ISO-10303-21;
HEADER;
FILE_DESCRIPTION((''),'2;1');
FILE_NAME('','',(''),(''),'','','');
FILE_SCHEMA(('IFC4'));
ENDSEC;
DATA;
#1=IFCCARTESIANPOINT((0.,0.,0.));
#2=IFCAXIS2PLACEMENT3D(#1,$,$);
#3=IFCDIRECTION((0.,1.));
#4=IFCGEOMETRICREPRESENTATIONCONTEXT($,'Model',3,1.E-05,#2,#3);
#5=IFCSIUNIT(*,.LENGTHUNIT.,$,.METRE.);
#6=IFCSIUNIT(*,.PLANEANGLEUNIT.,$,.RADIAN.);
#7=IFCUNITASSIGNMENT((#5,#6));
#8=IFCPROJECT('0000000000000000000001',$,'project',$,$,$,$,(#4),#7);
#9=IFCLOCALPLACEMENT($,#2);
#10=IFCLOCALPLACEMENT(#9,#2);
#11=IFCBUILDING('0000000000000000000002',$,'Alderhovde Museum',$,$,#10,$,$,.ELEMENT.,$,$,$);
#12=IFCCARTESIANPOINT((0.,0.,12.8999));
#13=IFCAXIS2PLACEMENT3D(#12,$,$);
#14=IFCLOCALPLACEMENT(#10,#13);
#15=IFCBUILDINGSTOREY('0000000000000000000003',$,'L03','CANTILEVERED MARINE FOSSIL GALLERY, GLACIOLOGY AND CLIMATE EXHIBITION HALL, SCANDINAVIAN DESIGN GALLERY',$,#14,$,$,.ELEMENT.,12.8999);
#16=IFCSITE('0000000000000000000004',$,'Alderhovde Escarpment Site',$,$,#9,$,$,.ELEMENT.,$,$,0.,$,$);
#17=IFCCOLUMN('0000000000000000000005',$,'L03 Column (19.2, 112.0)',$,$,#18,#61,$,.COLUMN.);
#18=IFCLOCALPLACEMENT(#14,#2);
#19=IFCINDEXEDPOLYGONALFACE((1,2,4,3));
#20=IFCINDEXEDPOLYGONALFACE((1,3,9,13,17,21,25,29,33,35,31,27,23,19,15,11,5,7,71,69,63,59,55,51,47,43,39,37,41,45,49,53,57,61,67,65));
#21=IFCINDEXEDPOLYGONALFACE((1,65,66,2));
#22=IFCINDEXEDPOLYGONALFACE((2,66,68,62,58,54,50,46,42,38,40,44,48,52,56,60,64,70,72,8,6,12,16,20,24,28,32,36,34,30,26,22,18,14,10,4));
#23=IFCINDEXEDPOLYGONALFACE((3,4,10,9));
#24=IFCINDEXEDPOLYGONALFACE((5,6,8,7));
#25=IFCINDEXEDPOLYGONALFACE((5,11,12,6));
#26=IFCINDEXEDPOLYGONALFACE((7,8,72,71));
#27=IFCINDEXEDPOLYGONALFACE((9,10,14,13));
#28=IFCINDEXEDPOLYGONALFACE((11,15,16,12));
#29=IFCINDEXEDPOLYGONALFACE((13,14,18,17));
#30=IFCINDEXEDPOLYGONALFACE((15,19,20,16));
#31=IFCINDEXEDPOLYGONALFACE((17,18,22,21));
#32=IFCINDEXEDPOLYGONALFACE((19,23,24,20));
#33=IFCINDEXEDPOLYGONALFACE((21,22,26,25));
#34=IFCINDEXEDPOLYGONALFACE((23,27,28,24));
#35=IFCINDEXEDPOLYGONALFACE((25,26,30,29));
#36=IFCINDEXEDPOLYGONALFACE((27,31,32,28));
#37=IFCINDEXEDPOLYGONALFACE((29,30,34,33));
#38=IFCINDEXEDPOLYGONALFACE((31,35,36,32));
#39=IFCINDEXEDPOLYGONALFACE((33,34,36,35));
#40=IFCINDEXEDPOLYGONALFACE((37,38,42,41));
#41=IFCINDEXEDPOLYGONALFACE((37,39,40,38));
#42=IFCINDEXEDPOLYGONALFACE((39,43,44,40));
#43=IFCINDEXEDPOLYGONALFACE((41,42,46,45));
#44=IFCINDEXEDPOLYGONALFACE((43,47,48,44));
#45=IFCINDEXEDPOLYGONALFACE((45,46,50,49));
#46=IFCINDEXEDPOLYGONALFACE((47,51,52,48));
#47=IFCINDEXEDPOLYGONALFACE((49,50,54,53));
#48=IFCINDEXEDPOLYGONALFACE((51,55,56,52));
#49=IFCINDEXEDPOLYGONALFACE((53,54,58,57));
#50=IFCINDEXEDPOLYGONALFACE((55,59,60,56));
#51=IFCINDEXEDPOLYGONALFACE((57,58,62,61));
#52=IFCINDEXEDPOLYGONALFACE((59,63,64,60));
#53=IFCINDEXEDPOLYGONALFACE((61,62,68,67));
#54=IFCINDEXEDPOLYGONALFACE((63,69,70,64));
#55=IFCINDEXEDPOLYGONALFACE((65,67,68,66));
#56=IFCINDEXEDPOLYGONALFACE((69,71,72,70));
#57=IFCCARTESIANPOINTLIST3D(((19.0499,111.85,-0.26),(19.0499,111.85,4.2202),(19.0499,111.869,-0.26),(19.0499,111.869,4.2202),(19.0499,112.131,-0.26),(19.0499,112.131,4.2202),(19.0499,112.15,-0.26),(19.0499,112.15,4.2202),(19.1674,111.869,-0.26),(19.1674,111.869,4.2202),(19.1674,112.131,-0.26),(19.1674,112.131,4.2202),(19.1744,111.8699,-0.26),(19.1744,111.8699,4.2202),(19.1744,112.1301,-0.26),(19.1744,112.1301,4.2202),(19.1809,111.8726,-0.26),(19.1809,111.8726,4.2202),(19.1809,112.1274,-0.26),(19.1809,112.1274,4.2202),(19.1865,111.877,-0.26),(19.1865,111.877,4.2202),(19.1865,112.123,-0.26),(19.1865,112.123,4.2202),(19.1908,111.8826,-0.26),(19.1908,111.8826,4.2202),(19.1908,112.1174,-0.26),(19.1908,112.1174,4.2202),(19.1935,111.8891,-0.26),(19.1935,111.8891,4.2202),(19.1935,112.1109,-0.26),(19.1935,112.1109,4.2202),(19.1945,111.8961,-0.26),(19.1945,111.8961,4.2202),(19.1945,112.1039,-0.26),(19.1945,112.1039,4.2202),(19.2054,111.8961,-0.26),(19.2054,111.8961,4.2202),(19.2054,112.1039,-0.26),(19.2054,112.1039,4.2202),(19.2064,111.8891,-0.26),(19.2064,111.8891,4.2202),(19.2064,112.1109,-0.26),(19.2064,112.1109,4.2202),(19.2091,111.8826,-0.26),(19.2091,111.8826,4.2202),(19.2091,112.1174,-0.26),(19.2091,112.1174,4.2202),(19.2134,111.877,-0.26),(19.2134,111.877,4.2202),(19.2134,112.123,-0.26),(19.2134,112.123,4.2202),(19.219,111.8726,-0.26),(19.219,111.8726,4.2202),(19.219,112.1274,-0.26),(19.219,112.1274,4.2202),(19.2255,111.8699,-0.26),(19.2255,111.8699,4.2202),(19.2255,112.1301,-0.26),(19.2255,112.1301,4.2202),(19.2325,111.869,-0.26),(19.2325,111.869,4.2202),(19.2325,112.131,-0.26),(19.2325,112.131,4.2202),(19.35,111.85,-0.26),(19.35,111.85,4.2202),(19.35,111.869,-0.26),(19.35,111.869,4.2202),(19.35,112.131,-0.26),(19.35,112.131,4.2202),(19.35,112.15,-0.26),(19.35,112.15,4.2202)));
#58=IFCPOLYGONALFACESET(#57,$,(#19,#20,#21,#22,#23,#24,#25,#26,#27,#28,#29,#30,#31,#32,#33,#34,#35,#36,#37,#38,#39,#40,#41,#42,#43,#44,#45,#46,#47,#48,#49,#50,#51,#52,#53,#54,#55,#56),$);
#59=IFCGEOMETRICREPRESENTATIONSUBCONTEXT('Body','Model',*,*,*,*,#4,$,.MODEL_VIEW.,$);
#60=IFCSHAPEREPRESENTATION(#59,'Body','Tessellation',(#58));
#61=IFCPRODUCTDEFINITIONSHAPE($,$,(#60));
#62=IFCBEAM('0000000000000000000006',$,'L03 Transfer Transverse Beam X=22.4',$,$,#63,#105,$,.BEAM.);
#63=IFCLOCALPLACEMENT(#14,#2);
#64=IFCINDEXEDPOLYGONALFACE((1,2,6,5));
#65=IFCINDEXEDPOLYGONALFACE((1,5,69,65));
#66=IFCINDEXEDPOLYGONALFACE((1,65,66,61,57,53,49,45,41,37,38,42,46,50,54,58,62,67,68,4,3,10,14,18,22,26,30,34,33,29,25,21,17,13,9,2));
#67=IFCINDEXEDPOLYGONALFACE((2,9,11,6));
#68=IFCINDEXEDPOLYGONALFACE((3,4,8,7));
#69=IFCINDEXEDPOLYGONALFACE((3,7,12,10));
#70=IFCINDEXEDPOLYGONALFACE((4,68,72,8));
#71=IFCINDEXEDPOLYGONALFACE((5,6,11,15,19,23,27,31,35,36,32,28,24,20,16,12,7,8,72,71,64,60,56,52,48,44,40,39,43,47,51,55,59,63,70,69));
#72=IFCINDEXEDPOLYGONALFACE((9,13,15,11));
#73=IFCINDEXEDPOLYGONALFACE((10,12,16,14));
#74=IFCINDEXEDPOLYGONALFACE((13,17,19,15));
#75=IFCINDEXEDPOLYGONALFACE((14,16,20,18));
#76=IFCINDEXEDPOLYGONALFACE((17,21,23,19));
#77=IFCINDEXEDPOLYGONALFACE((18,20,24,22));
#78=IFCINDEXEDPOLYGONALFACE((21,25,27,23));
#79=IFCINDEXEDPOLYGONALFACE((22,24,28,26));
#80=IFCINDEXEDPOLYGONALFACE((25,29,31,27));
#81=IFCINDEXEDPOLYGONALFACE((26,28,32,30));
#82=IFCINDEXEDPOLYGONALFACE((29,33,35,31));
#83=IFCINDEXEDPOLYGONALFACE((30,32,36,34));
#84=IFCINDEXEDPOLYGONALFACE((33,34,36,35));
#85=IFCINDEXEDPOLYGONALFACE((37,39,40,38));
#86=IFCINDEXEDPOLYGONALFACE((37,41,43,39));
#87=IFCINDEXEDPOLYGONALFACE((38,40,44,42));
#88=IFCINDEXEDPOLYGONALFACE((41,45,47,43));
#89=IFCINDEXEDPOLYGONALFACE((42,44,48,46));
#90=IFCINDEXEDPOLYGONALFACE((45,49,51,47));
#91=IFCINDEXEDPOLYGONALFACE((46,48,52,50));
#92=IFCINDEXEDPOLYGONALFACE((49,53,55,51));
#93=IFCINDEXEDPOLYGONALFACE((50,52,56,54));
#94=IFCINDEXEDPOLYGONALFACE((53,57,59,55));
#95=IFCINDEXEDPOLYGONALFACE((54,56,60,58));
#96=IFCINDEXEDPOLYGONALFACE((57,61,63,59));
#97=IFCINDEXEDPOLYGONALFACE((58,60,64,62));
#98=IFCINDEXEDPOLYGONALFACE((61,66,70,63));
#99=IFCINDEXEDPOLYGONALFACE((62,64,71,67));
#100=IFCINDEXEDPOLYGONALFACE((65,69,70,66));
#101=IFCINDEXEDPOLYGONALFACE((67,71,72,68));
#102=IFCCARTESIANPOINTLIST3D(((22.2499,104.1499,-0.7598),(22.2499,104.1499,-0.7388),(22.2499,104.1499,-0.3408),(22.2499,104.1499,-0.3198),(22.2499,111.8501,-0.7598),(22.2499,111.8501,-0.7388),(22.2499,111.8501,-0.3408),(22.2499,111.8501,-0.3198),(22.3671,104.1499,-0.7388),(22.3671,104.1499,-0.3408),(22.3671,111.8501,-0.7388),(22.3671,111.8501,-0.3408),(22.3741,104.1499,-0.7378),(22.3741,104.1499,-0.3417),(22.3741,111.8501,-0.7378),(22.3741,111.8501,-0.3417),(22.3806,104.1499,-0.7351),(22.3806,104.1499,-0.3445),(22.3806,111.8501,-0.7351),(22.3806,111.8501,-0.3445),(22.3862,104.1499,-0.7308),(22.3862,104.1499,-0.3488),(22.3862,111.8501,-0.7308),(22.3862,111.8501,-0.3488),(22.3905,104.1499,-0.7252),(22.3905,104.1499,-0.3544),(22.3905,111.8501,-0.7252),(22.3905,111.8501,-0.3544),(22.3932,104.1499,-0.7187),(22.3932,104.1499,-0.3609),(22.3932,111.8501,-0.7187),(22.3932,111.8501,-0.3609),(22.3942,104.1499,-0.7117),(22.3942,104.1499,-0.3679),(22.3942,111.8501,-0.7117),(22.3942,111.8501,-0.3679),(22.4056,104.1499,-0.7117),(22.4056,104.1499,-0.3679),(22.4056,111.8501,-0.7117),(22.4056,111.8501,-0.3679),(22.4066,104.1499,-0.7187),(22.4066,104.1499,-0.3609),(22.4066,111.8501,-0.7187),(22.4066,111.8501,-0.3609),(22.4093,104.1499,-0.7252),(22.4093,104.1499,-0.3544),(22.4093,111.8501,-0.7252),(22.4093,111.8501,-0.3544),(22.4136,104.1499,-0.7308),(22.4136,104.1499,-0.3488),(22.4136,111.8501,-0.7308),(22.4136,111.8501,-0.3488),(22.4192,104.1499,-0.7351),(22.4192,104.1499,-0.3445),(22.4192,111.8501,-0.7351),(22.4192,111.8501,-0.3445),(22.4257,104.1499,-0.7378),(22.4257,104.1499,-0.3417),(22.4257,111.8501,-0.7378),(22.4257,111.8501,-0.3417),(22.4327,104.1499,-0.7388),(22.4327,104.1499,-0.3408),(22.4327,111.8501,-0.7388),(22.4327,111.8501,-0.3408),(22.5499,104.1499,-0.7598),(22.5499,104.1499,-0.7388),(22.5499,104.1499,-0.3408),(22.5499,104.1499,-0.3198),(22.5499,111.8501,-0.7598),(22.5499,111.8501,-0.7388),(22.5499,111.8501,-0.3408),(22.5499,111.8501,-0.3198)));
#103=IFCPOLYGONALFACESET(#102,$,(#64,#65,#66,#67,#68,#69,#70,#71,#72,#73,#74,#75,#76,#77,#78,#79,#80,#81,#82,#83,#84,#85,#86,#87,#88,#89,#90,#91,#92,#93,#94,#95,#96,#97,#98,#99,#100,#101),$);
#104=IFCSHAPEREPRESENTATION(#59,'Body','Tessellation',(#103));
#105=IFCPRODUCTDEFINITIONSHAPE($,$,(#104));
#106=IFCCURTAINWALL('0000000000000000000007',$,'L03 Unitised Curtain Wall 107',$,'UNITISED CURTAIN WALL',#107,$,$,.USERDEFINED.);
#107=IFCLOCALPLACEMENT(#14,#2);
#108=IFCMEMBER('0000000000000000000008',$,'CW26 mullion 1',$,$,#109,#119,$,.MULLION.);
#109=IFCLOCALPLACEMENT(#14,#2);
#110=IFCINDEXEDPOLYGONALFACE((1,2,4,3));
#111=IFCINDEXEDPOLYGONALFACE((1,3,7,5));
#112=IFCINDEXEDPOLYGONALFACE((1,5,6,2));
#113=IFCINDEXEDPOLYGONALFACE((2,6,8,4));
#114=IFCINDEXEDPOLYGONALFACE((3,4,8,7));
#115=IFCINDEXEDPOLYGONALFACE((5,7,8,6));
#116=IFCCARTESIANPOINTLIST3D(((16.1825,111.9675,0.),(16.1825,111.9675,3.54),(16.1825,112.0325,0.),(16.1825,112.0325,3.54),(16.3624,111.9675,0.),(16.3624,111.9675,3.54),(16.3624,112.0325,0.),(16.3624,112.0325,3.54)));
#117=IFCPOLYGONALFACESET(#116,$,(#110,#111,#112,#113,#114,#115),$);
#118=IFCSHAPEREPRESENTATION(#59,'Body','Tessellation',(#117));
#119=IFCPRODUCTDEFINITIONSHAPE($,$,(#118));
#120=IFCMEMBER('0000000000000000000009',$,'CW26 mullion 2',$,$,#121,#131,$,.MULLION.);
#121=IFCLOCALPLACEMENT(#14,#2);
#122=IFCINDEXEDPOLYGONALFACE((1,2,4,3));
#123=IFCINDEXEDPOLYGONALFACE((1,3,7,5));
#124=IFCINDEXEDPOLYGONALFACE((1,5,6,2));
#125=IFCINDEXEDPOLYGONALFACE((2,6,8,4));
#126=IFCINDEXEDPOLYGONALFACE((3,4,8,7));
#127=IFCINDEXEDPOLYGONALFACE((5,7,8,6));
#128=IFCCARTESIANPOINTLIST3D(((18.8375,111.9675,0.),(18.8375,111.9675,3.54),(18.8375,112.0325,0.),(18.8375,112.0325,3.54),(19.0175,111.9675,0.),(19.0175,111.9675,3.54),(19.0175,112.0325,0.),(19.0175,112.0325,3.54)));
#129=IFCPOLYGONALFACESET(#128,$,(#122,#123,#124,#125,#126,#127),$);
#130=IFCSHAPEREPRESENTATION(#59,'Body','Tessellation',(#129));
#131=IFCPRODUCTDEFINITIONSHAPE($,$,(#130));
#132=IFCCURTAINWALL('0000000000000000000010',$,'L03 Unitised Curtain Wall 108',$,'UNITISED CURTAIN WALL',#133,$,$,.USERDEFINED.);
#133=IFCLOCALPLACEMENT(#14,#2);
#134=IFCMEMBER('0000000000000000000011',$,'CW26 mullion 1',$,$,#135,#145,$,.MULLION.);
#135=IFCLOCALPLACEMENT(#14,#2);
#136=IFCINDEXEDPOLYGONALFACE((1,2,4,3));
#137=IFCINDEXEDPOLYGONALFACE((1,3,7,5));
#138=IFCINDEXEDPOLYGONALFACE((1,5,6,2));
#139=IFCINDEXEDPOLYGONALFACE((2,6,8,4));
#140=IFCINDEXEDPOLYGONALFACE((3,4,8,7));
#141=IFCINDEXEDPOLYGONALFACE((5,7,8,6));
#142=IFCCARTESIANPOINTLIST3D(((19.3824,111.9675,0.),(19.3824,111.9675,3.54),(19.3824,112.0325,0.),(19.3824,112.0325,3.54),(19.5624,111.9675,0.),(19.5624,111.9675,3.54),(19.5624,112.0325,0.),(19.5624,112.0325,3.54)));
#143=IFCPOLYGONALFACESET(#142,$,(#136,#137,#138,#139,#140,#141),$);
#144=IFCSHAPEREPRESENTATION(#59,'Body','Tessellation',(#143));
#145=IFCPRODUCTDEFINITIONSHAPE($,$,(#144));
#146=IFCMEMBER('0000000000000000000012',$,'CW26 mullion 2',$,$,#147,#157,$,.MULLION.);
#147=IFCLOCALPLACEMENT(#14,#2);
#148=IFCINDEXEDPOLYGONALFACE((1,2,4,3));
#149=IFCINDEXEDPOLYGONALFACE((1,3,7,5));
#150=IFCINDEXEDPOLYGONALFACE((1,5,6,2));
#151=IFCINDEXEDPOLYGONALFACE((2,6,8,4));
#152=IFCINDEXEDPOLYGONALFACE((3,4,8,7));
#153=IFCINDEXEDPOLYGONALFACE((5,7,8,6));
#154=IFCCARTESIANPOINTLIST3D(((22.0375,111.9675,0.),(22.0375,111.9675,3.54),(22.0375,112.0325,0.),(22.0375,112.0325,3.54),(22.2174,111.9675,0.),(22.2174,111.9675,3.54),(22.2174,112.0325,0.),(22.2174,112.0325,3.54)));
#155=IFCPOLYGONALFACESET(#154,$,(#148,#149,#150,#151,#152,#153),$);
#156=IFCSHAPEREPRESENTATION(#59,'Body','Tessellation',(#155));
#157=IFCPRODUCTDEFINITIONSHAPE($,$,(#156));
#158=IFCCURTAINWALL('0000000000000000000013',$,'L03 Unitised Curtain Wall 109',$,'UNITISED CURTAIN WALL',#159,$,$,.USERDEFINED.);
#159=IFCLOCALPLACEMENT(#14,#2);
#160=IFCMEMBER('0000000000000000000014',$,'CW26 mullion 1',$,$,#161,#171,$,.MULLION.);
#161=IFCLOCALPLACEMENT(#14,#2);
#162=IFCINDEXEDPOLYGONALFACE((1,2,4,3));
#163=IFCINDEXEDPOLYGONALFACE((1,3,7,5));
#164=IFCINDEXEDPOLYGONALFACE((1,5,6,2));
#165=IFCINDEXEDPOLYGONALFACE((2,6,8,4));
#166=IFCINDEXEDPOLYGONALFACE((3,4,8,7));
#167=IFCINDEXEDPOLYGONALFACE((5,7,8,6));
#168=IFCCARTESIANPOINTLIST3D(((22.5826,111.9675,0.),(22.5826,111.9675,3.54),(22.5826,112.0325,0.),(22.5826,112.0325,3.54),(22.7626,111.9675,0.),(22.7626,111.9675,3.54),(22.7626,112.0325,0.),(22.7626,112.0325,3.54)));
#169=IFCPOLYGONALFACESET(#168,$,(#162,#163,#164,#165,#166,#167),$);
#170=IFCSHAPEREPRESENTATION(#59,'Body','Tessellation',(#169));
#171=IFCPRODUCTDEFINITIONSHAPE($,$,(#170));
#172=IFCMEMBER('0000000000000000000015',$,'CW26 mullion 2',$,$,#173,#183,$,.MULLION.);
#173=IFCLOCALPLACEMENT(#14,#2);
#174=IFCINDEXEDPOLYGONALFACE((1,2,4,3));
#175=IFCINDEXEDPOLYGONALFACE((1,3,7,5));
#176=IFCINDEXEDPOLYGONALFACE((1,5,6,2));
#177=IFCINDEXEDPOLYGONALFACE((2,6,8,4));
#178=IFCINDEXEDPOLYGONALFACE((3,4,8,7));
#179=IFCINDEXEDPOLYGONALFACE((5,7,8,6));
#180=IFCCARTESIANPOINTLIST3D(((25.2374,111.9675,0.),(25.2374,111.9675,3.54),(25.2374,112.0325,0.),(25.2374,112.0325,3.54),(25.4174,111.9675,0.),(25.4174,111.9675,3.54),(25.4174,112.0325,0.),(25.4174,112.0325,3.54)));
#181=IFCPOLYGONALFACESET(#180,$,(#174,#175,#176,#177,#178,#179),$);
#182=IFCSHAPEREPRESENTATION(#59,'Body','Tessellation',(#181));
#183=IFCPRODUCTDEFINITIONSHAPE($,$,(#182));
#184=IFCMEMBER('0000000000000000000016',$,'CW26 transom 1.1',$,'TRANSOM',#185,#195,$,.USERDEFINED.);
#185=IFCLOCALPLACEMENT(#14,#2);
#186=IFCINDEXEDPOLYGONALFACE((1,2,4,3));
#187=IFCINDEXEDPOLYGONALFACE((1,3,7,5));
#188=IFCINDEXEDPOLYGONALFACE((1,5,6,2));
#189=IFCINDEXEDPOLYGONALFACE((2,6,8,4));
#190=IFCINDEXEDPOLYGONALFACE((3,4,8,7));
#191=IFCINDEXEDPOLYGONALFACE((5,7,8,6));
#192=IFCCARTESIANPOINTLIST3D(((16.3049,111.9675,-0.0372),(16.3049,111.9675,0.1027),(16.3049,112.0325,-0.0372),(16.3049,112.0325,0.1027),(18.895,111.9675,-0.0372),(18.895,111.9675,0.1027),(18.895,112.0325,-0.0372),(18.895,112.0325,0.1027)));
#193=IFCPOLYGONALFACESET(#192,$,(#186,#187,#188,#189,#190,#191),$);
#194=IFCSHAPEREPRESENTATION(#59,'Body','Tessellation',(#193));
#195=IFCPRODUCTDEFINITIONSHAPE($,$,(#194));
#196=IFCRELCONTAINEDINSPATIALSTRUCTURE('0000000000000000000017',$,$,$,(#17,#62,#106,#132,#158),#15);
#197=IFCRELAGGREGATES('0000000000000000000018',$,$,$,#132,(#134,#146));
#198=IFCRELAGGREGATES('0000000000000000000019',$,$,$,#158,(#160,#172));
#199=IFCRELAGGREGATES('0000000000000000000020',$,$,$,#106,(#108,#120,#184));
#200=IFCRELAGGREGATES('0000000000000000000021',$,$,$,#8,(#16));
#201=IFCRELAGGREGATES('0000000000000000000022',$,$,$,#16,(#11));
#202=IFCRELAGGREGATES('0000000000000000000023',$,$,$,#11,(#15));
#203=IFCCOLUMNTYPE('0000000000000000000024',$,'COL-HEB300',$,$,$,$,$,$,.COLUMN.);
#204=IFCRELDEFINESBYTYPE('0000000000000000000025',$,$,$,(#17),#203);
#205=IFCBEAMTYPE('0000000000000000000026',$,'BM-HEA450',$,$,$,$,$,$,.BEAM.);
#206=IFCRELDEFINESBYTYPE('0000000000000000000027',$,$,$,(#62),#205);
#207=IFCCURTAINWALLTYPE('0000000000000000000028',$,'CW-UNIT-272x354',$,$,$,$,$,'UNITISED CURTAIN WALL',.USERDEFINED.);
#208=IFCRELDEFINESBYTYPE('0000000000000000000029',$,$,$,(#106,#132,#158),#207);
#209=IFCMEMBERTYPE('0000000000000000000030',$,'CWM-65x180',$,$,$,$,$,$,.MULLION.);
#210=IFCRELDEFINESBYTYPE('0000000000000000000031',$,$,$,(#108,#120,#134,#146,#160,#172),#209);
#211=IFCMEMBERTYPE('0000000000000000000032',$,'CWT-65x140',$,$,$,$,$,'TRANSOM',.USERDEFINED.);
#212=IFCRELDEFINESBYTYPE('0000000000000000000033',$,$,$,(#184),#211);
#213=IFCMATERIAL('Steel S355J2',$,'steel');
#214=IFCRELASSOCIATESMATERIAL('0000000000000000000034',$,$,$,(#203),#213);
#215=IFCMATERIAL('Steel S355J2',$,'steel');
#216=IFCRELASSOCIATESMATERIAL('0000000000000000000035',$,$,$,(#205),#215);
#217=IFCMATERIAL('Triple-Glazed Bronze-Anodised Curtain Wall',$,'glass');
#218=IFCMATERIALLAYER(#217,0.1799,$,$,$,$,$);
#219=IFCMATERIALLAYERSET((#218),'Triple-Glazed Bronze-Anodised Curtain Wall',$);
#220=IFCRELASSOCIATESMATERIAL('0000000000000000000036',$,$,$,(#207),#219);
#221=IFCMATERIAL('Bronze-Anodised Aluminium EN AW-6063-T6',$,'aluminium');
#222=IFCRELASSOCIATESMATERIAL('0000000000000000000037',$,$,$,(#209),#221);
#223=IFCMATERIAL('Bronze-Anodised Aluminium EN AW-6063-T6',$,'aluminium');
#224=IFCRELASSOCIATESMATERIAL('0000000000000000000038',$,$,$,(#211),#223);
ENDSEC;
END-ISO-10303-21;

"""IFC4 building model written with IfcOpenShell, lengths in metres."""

from ifc_helpers import new_model, si_unit, direction, frame, origin, origin_2d, place, context, subcontext, project, spatial, rectangle, i_section, extrude, material, layer, layer_set, material_profile, profile_set, type_object, element, aggregate, save


model = new_model("IFC4")

# Units and contexts
model_context = context("Model", 3, precision=1e-05, world=origin(), true_north=direction((0.0, 1.0)))
body_context = subcontext(model_context, "Body", "Model", "MODEL_VIEW")
ifc_project = project(units=[si_unit("LENGTHUNIT", "METRE"), si_unit("PLANEANGLEUNIT", "RADIAN")], contexts=[model_context])

# Site, building, storey
site_placement = place(None, origin())
site = spatial("IfcSite", under=ifc_project, at=site_placement, Name="Alderhovde Escarpment Site", CompositionType="ELEMENT", RefElevation=0.0)
building_placement = place(site_placement, origin())
building = spatial("IfcBuilding", under=site, at=building_placement, Name="Alderhovde Museum", CompositionType="ELEMENT")
storey_placement = place(building_placement, frame((0.0, 0.0, 12.8999)))
storey = spatial("IfcBuildingStorey", under=building, at=storey_placement, Name="L03", Description="CANTILEVERED MARINE FOSSIL GALLERY, GLACIOLOGY AND CLIMATE EXHIBITION HALL, SCANDINAVIAN DESIGN GALLERY", CompositionType="ELEMENT", Elevation=12.8999)

# Column
ifc_material_1 = material(Name="Steel S355J2", Category="steel")
ifc_material_profile_1 = material_profile(ifc_material_1, i_section(OverallWidth=0.3, OverallDepth=0.3, WebThickness=0.011, FlangeThickness=0.019, FilletRadius=0.0271, at=origin_2d()), Name="HEB 300")
ifc_profile_set_1 = profile_set([ifc_material_profile_1], Name="Steel S355J2")
column_type = type_object("IfcColumnType", Name="COL-HEB300", PredefinedType="COLUMN", material=ifc_profile_set_1)
column_placement = place(storey_placement, frame((19.2, 112.0, -0.26), z_axis=(0.0, 0.0, 1.0), x_axis=(1.0, 0.0, 0.0)))
element("IfcColumn", 1, at=column_placement, inside=storey, type_object=column_type, Name="L03 Column (19.2, 112.0)", PredefinedType="COLUMN", context=body_context, shape_type="SweptSolid", body=[
    extrude(i_section(OverallWidth=0.3, OverallDepth=0.3, WebThickness=0.011, FlangeThickness=0.019, FilletRadius=0.0271, at=origin_2d()), origin(), (0.0, 0.0, 1.0), 4.4802),
])

# Beam
ifc_material_2 = material(Name="Steel S355J2", Category="steel")
ifc_material_profile_2 = material_profile(ifc_material_2, i_section(OverallWidth=0.3, OverallDepth=0.4399, WebThickness=0.0115, FlangeThickness=0.021, FilletRadius=0.0271, at=origin_2d()), Name="HEA 450")
ifc_profile_set_2 = profile_set([ifc_material_profile_2], Name="Steel S355J2")
beam_type = type_object("IfcBeamType", Name="BM-HEA450", PredefinedType="BEAM", material=ifc_profile_set_2)
beam_placement = place(storey_placement, frame((22.3999, 104.1499, -0.5398), z_axis=(0.0, 1.0, 0.0), x_axis=(-1.0, 0.0, 0.0)))
element("IfcBeam", 2, at=beam_placement, inside=storey, type_object=beam_type, Name="L03 Transfer Transverse Beam X=22.4", PredefinedType="BEAM", context=body_context, shape_type="SweptSolid", body=[
    extrude(i_section(OverallWidth=0.3, OverallDepth=0.4399, WebThickness=0.0115, FlangeThickness=0.021, FilletRadius=0.0271, at=origin_2d()), origin(), (0.0, 0.0, 1.0), 7.7002),
])

# Curtain walls, members
ifc_material_3 = material(Name="Triple-Glazed Bronze-Anodised Curtain Wall", Category="glass")
ifc_layer_1 = layer(ifc_material_3, 0.1799)
ifc_layer_set_1 = layer_set([ifc_layer_1], Name="Triple-Glazed Bronze-Anodised Curtain Wall")
curtain_wall_type = type_object("IfcCurtainWallType", Name="CW-UNIT-272x354", ElementType="UNITISED CURTAIN WALL", PredefinedType="USERDEFINED", material=ifc_layer_set_1)
curtain_wall_1_placement = place(storey_placement, origin())
curtain_wall_1 = element("IfcCurtainWall", 3, at=curtain_wall_1_placement, inside=storey, type_object=curtain_wall_type, Name="L03 Unitised Curtain Wall 107", ObjectType="UNITISED CURTAIN WALL", PredefinedType="USERDEFINED")
ifc_material_4 = material(Name="Bronze-Anodised Aluminium EN AW-6063-T6", Category="aluminium")
ifc_material_profile_3 = material_profile(ifc_material_4, rectangle(XDim=0.0649, YDim=0.1799, at=origin_2d()), Name="MULLION 65x180")
ifc_profile_set_3 = profile_set([ifc_material_profile_3], Name="Bronze-Anodised Aluminium EN AW-6063-T6")
member_type_1 = type_object("IfcMemberType", Name="CWM-65x180", PredefinedType="MULLION", material=ifc_profile_set_3)
member_1_placement = place(storey_placement, frame((16.2725, 112.0, 0.0), z_axis=(0.0, 0.0, 1.0), x_axis=(0.0, 1.0, 0.0)))
member_1 = element("IfcMember", 4, at=member_1_placement, type_object=member_type_1, Name="CW26 mullion 1", PredefinedType="MULLION", context=body_context, shape_type="SweptSolid", body=[
    extrude(rectangle(XDim=0.0649, YDim=0.1799, at=origin_2d()), origin(), (0.0, 0.0, 1.0), 3.54),
])
member_2_placement = place(storey_placement, frame((18.9275, 112.0, 0.0), z_axis=(0.0, 0.0, 1.0), x_axis=(0.0, 1.0, 0.0)))
member_2 = element("IfcMember", 5, at=member_2_placement, type_object=member_type_1, Name="CW26 mullion 2", PredefinedType="MULLION", context=body_context, shape_type="SweptSolid", body=[
    extrude(rectangle(XDim=0.0649, YDim=0.1799, at=origin_2d()), origin(), (0.0, 0.0, 1.0), 3.54),
])
curtain_wall_2_placement = place(storey_placement, origin())
curtain_wall_2 = element("IfcCurtainWall", 6, at=curtain_wall_2_placement, inside=storey, type_object=curtain_wall_type, Name="L03 Unitised Curtain Wall 108", ObjectType="UNITISED CURTAIN WALL", PredefinedType="USERDEFINED")
member_3_placement = place(storey_placement, frame((19.4724, 112.0, 0.0), z_axis=(0.0, 0.0, 1.0), x_axis=(0.0, 1.0, 0.0)))
member_3 = element("IfcMember", 7, at=member_3_placement, type_object=member_type_1, Name="CW26 mullion 1", PredefinedType="MULLION", context=body_context, shape_type="SweptSolid", body=[
    extrude(rectangle(XDim=0.0649, YDim=0.1799, at=origin_2d()), origin(), (0.0, 0.0, 1.0), 3.54),
])
member_4_placement = place(storey_placement, frame((22.1274, 112.0, 0.0), z_axis=(0.0, 0.0, 1.0), x_axis=(0.0, 1.0, 0.0)))
member_4 = element("IfcMember", 8, at=member_4_placement, type_object=member_type_1, Name="CW26 mullion 2", PredefinedType="MULLION", context=body_context, shape_type="SweptSolid", body=[
    extrude(rectangle(XDim=0.0649, YDim=0.1799, at=origin_2d()), origin(), (0.0, 0.0, 1.0), 3.54),
])
curtain_wall_3_placement = place(storey_placement, origin())
curtain_wall_3 = element("IfcCurtainWall", 9, at=curtain_wall_3_placement, inside=storey, type_object=curtain_wall_type, Name="L03 Unitised Curtain Wall 109", ObjectType="UNITISED CURTAIN WALL", PredefinedType="USERDEFINED")
member_5_placement = place(storey_placement, frame((22.6726, 112.0, 0.0), z_axis=(0.0, 0.0, 1.0), x_axis=(0.0, 1.0, 0.0)))
member_5 = element("IfcMember", 10, at=member_5_placement, type_object=member_type_1, Name="CW26 mullion 1", PredefinedType="MULLION", context=body_context, shape_type="SweptSolid", body=[
    extrude(rectangle(XDim=0.0649, YDim=0.1799, at=origin_2d()), origin(), (0.0, 0.0, 1.0), 3.54),
])
member_6_placement = place(storey_placement, frame((25.3274, 112.0, 0.0), z_axis=(0.0, 0.0, 1.0), x_axis=(0.0, 1.0, 0.0)))
member_6 = element("IfcMember", 11, at=member_6_placement, type_object=member_type_1, Name="CW26 mullion 2", PredefinedType="MULLION", context=body_context, shape_type="SweptSolid", body=[
    extrude(rectangle(XDim=0.0649, YDim=0.1799, at=origin_2d()), origin(), (0.0, 0.0, 1.0), 3.54),
])

# Member
ifc_material_5 = material(Name="Bronze-Anodised Aluminium EN AW-6063-T6", Category="aluminium")
ifc_material_profile_4 = material_profile(ifc_material_5, rectangle(XDim=0.0649, YDim=0.1399, at=origin_2d()), Name="TRANSOM 65x140")
ifc_profile_set_4 = profile_set([ifc_material_profile_4], Name="Bronze-Anodised Aluminium EN AW-6063-T6")
member_type_2 = type_object("IfcMemberType", Name="CWT-65x140", ElementType="TRANSOM", PredefinedType="USERDEFINED", material=ifc_profile_set_4)
member_7_placement = place(storey_placement, frame((16.3049, 112.0, 0.0327), z_axis=(1.0, 0.0, 0.0), x_axis=(0.0, 1.0, 0.0)))
member_7 = element("IfcMember", 12, at=member_7_placement, type_object=member_type_2, Name="CW26 transom 1.1", ObjectType="TRANSOM", PredefinedType="USERDEFINED", context=body_context, shape_type="SweptSolid", body=[
    extrude(rectangle(XDim=0.0649, YDim=0.1399, at=origin_2d()), origin(), (0.0, 0.0, 1.0), 2.5901),
])

aggregate(curtain_wall_2, [member_3, member_4])
aggregate(curtain_wall_3, [member_5, member_6])
aggregate(curtain_wall_1, [member_1, member_2, member_7])

save(model, "model.ifc")
